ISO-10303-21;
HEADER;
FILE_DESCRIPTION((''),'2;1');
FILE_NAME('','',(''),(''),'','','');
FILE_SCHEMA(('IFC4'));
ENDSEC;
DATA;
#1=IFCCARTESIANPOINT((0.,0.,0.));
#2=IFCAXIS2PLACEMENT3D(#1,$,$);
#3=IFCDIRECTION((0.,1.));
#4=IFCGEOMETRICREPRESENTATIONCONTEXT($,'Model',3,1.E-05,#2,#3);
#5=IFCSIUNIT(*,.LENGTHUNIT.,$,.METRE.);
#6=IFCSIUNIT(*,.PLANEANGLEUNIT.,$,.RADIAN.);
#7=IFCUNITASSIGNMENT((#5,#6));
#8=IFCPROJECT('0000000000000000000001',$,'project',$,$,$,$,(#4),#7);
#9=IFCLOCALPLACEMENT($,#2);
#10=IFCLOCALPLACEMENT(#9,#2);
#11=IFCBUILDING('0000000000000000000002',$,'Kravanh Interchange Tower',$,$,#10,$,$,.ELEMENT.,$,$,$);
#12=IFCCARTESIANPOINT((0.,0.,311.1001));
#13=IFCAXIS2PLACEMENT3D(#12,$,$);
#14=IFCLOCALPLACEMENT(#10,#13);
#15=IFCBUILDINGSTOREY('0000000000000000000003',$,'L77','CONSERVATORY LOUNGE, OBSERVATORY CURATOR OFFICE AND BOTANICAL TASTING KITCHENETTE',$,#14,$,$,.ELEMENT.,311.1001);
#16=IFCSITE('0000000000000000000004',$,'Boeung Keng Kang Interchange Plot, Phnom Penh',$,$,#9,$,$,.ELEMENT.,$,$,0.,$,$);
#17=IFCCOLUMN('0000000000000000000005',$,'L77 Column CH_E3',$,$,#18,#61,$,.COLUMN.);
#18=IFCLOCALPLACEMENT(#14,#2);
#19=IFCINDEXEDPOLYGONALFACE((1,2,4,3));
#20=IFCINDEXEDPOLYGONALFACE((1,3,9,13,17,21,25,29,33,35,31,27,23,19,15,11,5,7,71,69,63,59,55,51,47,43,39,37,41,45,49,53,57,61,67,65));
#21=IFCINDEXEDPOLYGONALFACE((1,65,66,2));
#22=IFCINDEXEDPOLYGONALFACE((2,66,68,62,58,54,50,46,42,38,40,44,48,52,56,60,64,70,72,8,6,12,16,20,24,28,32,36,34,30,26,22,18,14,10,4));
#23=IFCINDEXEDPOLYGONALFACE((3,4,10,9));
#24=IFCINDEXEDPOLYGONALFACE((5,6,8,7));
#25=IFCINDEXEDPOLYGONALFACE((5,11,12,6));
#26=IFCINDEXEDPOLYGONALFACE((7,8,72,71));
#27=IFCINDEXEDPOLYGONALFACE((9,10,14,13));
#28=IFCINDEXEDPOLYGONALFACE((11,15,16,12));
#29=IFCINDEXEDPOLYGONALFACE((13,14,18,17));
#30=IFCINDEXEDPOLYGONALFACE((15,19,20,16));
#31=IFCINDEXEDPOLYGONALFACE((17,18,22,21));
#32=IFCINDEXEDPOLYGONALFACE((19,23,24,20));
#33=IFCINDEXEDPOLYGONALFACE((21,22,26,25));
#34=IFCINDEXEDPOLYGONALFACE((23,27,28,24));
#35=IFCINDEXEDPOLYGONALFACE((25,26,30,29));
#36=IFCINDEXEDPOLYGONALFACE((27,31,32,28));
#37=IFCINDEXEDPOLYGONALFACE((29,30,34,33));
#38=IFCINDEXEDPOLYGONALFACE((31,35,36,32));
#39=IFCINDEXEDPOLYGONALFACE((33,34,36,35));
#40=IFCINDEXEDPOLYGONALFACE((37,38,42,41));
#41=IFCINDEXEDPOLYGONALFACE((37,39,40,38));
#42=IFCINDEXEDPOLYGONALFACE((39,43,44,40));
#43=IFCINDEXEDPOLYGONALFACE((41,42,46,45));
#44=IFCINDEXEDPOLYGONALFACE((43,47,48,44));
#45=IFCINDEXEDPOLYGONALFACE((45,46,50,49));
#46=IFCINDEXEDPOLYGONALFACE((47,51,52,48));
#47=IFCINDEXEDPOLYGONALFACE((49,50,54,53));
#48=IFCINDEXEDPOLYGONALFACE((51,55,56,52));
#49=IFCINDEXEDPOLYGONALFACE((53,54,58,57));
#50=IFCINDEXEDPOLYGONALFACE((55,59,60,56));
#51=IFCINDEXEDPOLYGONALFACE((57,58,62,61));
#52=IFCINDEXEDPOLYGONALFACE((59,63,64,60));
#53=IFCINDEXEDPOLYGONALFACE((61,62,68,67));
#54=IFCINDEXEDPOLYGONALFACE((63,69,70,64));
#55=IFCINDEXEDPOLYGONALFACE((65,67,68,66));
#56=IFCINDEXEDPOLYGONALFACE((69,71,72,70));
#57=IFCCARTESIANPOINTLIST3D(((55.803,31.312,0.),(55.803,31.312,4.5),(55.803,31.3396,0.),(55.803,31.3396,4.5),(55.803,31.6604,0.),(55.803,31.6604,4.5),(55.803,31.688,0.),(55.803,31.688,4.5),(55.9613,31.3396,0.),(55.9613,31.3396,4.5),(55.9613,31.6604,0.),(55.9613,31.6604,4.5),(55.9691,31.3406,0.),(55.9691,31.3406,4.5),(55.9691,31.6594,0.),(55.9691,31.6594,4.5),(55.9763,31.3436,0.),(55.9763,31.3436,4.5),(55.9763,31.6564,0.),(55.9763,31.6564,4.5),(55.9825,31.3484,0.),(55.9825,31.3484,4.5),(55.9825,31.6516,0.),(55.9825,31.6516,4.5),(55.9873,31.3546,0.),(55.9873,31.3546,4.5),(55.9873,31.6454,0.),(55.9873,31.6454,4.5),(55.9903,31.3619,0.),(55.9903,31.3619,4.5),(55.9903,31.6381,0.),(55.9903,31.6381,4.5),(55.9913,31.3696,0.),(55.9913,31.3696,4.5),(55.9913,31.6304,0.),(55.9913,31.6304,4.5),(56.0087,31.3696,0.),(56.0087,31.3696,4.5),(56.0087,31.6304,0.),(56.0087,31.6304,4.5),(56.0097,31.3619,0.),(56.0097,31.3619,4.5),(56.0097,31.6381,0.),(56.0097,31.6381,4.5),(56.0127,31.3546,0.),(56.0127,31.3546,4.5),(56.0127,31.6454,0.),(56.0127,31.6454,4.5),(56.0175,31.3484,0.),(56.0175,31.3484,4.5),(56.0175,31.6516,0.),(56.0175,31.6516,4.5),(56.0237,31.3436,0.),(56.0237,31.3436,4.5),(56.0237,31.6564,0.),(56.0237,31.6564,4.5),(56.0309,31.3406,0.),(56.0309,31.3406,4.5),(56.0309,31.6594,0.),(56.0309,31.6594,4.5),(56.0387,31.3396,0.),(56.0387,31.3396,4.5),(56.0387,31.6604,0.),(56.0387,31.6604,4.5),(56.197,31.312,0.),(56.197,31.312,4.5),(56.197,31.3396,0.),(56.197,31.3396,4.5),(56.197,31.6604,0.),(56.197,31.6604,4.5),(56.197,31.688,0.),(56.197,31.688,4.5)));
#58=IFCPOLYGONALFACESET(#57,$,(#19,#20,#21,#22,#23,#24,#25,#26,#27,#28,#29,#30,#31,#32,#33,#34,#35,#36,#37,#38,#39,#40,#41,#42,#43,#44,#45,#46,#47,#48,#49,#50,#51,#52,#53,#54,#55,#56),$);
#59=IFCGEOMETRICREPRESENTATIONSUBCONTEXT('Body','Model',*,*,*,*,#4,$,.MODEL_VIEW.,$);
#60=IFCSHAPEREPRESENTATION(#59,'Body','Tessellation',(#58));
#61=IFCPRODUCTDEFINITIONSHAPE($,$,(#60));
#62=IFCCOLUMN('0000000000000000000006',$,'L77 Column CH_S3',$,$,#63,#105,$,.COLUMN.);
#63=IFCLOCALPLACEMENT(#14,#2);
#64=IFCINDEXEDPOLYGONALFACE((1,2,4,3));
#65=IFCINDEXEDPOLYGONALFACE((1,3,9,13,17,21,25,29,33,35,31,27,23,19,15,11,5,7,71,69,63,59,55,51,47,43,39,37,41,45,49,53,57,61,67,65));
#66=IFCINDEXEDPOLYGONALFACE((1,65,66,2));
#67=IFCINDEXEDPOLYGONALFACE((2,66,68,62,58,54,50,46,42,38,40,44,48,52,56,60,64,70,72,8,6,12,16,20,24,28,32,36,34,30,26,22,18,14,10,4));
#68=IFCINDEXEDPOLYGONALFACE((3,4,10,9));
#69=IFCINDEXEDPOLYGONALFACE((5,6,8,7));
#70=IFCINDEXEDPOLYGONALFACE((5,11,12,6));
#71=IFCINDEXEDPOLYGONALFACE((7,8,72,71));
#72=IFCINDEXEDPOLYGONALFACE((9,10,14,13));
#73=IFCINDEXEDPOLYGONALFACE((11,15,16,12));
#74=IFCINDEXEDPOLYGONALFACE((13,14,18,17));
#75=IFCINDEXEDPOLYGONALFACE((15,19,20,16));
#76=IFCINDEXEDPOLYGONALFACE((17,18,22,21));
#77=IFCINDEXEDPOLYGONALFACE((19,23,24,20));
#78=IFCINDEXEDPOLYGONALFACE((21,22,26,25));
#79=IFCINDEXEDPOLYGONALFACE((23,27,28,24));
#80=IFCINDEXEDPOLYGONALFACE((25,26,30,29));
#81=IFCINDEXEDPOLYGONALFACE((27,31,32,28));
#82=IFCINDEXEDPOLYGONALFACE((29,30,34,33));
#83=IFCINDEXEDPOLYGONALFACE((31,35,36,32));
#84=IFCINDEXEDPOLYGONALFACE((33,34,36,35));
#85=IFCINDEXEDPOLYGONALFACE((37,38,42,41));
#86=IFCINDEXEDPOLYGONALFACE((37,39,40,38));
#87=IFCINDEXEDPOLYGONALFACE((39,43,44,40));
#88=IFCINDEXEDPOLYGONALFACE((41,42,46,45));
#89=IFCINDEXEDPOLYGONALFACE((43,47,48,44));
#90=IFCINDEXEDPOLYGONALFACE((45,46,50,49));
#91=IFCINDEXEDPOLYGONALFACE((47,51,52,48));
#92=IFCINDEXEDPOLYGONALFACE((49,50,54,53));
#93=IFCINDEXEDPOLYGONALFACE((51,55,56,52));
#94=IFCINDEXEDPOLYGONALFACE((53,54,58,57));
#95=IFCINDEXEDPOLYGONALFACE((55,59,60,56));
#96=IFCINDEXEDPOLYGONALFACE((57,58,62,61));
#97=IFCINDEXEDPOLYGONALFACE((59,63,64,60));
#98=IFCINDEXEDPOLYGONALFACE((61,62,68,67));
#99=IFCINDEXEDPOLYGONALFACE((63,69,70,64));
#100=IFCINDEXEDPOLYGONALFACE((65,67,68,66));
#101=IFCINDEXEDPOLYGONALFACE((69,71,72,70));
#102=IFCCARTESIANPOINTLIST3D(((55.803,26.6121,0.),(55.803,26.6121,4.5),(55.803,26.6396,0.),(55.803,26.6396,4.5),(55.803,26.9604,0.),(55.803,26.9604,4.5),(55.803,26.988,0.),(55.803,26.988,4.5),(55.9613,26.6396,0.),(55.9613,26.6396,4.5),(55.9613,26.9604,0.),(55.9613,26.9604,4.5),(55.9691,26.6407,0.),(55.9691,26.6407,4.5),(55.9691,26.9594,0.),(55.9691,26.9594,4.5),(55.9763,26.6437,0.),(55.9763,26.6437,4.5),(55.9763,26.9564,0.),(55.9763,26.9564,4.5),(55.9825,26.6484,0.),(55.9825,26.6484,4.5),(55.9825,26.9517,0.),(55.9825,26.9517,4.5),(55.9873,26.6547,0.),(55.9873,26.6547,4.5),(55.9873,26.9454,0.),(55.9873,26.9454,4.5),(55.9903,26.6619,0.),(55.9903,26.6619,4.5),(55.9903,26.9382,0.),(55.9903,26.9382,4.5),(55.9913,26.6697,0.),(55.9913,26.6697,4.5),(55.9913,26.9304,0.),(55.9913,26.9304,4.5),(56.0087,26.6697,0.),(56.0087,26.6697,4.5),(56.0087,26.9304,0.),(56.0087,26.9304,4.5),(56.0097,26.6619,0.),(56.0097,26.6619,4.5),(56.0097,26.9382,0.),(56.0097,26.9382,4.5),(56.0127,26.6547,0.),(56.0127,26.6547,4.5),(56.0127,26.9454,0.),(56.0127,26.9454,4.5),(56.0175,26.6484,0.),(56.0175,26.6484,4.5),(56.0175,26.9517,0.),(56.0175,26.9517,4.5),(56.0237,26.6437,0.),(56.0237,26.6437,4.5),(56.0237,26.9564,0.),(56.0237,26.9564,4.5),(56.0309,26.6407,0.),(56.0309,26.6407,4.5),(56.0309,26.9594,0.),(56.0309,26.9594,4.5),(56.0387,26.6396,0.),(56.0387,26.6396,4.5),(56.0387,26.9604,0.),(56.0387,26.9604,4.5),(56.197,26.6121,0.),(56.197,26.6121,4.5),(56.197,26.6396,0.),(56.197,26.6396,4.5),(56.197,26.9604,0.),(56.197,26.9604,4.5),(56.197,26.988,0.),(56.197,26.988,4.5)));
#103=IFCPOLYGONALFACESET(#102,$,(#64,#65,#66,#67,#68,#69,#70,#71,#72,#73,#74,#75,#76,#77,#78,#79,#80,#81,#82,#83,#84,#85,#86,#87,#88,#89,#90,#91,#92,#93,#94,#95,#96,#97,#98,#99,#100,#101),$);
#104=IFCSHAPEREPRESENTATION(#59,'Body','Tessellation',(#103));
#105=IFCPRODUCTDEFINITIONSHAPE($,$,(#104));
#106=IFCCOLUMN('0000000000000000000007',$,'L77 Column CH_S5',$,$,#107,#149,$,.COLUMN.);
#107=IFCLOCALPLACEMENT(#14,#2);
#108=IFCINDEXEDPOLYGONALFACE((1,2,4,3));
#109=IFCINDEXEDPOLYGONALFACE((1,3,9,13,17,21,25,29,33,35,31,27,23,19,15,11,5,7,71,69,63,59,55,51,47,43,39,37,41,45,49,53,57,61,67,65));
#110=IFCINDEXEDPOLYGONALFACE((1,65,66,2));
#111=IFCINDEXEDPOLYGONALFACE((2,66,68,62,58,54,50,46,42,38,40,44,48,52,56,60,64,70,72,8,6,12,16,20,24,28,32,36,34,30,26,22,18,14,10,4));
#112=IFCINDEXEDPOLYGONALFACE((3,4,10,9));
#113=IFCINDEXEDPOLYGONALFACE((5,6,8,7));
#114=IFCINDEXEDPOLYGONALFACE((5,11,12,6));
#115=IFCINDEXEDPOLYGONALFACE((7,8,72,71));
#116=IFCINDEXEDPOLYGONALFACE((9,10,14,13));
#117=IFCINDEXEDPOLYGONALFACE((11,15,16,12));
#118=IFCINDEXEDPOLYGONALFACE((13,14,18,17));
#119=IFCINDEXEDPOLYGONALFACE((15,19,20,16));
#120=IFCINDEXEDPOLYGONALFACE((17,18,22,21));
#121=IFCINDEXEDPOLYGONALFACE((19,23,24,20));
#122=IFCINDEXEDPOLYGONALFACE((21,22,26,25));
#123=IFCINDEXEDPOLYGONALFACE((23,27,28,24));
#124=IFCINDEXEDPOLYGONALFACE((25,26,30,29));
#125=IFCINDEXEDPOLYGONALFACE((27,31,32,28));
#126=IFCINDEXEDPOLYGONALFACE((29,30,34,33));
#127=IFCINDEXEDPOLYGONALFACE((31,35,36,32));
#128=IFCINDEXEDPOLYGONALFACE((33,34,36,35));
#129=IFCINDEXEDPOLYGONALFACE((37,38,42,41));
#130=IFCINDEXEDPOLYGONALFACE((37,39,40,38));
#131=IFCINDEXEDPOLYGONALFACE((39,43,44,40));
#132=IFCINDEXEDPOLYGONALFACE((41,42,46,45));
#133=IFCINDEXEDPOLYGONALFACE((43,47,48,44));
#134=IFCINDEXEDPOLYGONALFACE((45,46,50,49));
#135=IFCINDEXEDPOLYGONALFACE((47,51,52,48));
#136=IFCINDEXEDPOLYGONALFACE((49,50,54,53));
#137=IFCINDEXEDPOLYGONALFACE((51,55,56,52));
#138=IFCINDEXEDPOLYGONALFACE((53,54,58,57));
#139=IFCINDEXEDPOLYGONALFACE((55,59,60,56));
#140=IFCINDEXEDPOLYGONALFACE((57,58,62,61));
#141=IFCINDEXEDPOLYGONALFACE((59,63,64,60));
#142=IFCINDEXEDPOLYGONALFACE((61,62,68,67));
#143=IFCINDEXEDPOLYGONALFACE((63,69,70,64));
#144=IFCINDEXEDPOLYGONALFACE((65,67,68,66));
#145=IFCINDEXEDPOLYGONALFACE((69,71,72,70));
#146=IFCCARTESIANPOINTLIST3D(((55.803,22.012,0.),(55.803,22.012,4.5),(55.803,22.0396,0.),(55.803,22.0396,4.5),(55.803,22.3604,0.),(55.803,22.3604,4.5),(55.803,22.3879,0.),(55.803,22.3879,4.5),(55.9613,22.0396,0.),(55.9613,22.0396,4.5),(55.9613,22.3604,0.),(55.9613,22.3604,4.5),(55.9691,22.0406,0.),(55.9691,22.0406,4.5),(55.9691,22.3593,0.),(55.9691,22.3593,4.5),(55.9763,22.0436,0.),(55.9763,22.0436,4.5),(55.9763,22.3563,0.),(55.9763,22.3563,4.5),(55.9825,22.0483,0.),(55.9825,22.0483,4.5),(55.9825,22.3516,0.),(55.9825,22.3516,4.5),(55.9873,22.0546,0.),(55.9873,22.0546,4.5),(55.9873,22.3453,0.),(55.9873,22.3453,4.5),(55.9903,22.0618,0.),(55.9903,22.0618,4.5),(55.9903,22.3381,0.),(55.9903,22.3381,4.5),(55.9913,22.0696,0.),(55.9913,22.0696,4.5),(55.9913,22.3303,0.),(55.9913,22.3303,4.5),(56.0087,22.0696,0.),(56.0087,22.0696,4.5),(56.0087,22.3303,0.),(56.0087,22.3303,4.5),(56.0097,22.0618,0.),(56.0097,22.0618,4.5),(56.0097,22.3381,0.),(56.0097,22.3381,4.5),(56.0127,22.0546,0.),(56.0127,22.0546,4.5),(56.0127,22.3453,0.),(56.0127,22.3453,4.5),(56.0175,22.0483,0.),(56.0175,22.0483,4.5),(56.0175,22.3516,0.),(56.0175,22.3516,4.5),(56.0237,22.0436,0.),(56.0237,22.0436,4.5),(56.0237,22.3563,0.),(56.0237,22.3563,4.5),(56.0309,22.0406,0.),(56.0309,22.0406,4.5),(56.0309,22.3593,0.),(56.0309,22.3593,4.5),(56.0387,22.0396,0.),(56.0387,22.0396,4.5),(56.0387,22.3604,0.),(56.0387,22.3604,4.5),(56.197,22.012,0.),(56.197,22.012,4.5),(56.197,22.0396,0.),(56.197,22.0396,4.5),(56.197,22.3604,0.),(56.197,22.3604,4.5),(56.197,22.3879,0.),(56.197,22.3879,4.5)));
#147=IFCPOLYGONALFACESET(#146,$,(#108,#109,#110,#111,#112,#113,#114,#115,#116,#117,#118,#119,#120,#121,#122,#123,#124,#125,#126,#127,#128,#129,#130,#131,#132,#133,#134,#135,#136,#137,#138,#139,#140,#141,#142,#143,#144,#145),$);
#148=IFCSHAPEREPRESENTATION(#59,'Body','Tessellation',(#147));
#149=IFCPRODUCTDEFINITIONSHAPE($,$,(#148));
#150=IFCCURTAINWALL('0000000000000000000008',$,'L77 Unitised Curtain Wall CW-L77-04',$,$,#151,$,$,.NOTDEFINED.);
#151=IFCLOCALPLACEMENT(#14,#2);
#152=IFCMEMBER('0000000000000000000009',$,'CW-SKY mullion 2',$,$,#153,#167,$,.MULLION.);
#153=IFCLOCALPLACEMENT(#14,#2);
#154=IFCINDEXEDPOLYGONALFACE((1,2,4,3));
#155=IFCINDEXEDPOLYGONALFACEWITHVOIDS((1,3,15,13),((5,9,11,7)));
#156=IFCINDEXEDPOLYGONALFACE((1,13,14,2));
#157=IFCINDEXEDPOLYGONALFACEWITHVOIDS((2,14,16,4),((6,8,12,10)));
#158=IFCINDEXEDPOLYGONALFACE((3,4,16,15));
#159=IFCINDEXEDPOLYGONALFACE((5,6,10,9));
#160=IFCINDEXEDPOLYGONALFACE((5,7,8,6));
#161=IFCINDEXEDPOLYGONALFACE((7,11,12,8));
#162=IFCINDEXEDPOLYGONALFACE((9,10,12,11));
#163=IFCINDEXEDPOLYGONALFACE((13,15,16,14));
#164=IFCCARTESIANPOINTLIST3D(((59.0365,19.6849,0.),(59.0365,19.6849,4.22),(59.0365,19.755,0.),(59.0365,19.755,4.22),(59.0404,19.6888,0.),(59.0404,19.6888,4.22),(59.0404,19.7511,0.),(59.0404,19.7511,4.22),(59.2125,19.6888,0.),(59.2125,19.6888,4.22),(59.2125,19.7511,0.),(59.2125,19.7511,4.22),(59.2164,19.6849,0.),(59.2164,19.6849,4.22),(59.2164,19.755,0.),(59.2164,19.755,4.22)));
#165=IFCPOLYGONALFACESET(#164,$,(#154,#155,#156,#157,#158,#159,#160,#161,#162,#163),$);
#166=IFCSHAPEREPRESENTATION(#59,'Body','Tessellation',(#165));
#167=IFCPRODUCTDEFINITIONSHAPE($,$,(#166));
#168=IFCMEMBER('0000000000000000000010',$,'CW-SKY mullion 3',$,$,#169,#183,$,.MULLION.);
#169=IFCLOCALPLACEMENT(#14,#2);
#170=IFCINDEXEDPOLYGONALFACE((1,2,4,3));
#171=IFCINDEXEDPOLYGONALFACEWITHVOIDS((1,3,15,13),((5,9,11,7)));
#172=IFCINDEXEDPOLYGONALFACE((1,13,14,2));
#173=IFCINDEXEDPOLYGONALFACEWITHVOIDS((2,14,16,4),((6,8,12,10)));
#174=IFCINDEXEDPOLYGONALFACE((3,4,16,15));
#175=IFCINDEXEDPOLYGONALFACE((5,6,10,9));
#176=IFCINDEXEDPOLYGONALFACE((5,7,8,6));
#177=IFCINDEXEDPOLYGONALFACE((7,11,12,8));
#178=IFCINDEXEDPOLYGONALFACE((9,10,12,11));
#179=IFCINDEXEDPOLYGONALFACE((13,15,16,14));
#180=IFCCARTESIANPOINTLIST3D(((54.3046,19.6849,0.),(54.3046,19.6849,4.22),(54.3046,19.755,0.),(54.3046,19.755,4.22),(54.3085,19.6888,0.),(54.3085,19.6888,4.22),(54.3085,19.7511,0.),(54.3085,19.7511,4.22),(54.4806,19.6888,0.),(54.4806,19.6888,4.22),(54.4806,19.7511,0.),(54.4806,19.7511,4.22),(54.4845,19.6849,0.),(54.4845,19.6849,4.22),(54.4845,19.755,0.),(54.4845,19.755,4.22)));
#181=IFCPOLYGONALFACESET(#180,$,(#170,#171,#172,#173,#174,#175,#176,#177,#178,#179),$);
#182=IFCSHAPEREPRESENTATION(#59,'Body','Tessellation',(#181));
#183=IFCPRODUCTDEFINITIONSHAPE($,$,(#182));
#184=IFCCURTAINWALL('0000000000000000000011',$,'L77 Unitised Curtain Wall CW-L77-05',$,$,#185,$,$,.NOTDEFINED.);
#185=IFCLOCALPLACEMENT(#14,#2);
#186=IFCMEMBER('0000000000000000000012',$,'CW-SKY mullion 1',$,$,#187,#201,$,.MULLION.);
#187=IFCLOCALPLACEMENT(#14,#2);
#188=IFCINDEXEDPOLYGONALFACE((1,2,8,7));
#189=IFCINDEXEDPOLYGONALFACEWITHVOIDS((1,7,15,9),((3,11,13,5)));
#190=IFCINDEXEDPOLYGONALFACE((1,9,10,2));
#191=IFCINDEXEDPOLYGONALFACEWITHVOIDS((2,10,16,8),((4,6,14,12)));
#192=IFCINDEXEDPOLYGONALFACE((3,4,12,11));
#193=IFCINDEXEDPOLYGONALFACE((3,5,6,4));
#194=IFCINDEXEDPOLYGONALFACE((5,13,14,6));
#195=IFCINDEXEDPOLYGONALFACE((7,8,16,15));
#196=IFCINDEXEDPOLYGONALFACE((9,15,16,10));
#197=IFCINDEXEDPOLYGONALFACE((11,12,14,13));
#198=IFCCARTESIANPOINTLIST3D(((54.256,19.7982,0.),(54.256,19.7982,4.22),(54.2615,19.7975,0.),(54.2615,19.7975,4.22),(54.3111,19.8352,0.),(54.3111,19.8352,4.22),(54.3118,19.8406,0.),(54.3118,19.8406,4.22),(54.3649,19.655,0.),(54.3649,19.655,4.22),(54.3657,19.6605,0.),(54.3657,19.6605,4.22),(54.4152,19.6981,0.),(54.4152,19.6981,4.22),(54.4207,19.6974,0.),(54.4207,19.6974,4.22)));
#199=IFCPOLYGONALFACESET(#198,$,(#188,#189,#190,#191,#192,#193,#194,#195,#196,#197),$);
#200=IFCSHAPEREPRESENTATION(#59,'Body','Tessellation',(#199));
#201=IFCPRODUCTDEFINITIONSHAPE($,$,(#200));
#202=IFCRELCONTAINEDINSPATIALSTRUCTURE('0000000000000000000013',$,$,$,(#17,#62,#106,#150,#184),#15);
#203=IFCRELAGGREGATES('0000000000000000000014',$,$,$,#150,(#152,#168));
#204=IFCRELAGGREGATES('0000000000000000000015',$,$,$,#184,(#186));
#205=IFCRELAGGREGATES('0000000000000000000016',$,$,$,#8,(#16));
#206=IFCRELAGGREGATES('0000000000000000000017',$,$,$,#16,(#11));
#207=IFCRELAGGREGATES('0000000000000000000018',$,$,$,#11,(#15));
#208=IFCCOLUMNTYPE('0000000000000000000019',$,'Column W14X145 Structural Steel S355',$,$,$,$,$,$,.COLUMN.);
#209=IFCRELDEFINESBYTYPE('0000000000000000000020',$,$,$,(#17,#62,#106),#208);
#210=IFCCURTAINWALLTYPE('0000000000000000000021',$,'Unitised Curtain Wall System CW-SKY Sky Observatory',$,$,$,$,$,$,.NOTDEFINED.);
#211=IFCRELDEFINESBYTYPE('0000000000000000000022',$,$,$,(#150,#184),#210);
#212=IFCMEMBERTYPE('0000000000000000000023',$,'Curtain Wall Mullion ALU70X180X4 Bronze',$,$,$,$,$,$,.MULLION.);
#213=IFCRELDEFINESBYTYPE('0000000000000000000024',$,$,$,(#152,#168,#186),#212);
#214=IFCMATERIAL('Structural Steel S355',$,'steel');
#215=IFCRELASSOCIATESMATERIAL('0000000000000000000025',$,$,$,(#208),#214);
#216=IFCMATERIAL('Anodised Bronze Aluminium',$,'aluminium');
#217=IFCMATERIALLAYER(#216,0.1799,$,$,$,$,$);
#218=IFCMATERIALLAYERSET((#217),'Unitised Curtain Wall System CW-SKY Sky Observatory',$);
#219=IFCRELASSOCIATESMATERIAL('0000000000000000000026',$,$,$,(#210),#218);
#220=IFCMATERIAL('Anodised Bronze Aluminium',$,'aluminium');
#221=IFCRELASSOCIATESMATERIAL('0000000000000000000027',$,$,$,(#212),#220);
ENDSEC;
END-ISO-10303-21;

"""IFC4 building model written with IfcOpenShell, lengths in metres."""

from ifc_helpers import new_model, si_unit, direction, frame, origin, origin_2d, place, context, subcontext, project, spatial, hollow_rectangle, i_section, extrude, material, layer, layer_set, material_profile, profile_set, type_object, element, aggregate, save


model = new_model("IFC4")

# Units and contexts
model_context = context("Model", 3, precision=1e-05, world=origin(), true_north=direction((0.0, 1.0)))
body_context = subcontext(model_context, "Body", "Model", "MODEL_VIEW")
ifc_project = project(units=[si_unit("LENGTHUNIT", "METRE"), si_unit("PLANEANGLEUNIT", "RADIAN")], contexts=[model_context])

# Site, building, storey
site_placement = place(None, origin())
site = spatial("IfcSite", under=ifc_project, at=site_placement, Name="Boeung Keng Kang Interchange Plot, Phnom Penh", CompositionType="ELEMENT", RefElevation=0.0)
building_placement = place(site_placement, origin())
building = spatial("IfcBuilding", under=site, at=building_placement, Name="Kravanh Interchange Tower", CompositionType="ELEMENT")
storey_placement = place(building_placement, frame((0.0, 0.0, 311.1001)))
storey = spatial("IfcBuildingStorey", under=building, at=storey_placement, Name="L77", Description="CONSERVATORY LOUNGE, OBSERVATORY CURATOR OFFICE AND BOTANICAL TASTING KITCHENETTE", CompositionType="ELEMENT", Elevation=311.1001)

# Columns
ifc_material_1 = material(Name="Structural Steel S355", Category="steel")
ifc_material_profile_1 = material_profile(ifc_material_1, i_section(OverallWidth=0.394, OverallDepth=0.376, WebThickness=0.0173, FlangeThickness=0.0276, FilletRadius=0.03, at=origin_2d()), Name="W14X145")
ifc_profile_set_1 = profile_set([ifc_material_profile_1], Name="Structural Steel S355")
column_type = type_object("IfcColumnType", Name="Column W14X145 Structural Steel S355", PredefinedType="COLUMN", material=ifc_profile_set_1)
for number, where, z_axis, x_axis, name in (
    (1, (56.0, 31.5, 0.0), (0.0, 0.0, 1.0), (1.0, 0.0, 0.0), "L77 Column CH_E3"),
    (2, (56.0, 26.8, 0.0), (0.0, 0.0, 1.0), (1.0, 0.0, 0.0), "L77 Column CH_S3"),
    (3, (56.0, 22.2, 0.0), (0.0, 0.0, 1.0), (1.0, 0.0, 0.0), "L77 Column CH_S5"),
):
    element("IfcColumn", number, at=place(storey_placement, frame(where, z_axis=z_axis, x_axis=x_axis)), inside=storey, type_object=column_type, Name=name, PredefinedType="COLUMN", context=body_context, shape_type="SweptSolid", body=[
        extrude(i_section(OverallWidth=0.394, OverallDepth=0.376, WebThickness=0.0173, FlangeThickness=0.0276, FilletRadius=0.03, at=origin_2d()), origin(), (0.0, 0.0, 1.0), 4.5),
    ])

# Curtain walls, members
ifc_material_2 = material(Name="Anodised Bronze Aluminium", Category="aluminium")
ifc_layer_1 = layer(ifc_material_2, 0.1799)
ifc_layer_set_1 = layer_set([ifc_layer_1], Name="Unitised Curtain Wall System CW-SKY Sky Observatory")
curtain_wall_type = type_object("IfcCurtainWallType", Name="Unitised Curtain Wall System CW-SKY Sky Observatory", PredefinedType="NOTDEFINED", material=ifc_layer_set_1)
curtain_wall_1_placement = place(storey_placement, origin())
curtain_wall_1 = element("IfcCurtainWall", 4, at=curtain_wall_1_placement, inside=storey, type_object=curtain_wall_type, Name="L77 Unitised Curtain Wall CW-L77-04", PredefinedType="NOTDEFINED")
ifc_material_3 = material(Name="Anodised Bronze Aluminium", Category="aluminium")
ifc_material_profile_2 = material_profile(ifc_material_3, hollow_rectangle(XDim=0.0701, YDim=0.1799, WallThickness=0.0039, at=origin_2d()), Name="ALU70X180X4")
ifc_profile_set_2 = profile_set([ifc_material_profile_2], Name="Anodised Bronze Aluminium")
member_type_1 = type_object("IfcMemberType", Name="Curtain Wall Mullion ALU70X180X4 Bronze", PredefinedType="MULLION", material=ifc_profile_set_2)
member_1_placement = place(storey_placement, frame((59.1265, 19.72, 0.0), z_axis=(0.0, 0.0, 1.0), x_axis=(0.0, -1.0, 0.0)))
member_1 = element("IfcMember", 5, at=member_1_placement, type_object=member_type_1, Name="CW-SKY mullion 2", PredefinedType="MULLION", context=body_context, shape_type="SweptSolid", body=[
    extrude(hollow_rectangle(XDim=0.0701, YDim=0.1799, WallThickness=0.0039, at=origin_2d()), origin(), (0.0, 0.0, 1.0), 4.22),
])
member_2_placement = place(storey_placement, frame((54.3945, 19.72, 0.0), z_axis=(0.0, 0.0, 1.0), x_axis=(0.0, -1.0, 0.0)))
member_2 = element("IfcMember", 6, at=member_2_placement, type_object=member_type_1, Name="CW-SKY mullion 3", PredefinedType="MULLION", context=body_context, shape_type="SweptSolid", body=[
    extrude(hollow_rectangle(XDim=0.0701, YDim=0.1799, WallThickness=0.0039, at=origin_2d()), origin(), (0.0, 0.0, 1.0), 4.22),
])
curtain_wall_2_placement = place(storey_placement, origin())
curtain_wall_2 = element("IfcCurtainWall", 7, at=curtain_wall_2_placement, inside=storey, type_object=curtain_wall_type, Name="L77 Unitised Curtain Wall CW-L77-05", PredefinedType="NOTDEFINED")
member_3_placement = place(storey_placement, frame((54.3384, 19.7478, 0.0), z_axis=(0.0, 0.0, 1.0), x_axis=(-0.796162, -0.605084, 0.0)))
member_3 = element("IfcMember", 8, at=member_3_placement, type_object=member_type_1, Name="CW-SKY mullion 1", PredefinedType="MULLION", context=body_context, shape_type="SweptSolid", body=[
    extrude(hollow_rectangle(XDim=0.0701, YDim=0.1799, WallThickness=0.0039, at=origin_2d()), origin(), (0.0, 0.0, 1.0), 4.22),
])

aggregate(curtain_wall_1, [member_1, member_2])
aggregate(curtain_wall_2, [member_3])

save(model, "model.ifc")
